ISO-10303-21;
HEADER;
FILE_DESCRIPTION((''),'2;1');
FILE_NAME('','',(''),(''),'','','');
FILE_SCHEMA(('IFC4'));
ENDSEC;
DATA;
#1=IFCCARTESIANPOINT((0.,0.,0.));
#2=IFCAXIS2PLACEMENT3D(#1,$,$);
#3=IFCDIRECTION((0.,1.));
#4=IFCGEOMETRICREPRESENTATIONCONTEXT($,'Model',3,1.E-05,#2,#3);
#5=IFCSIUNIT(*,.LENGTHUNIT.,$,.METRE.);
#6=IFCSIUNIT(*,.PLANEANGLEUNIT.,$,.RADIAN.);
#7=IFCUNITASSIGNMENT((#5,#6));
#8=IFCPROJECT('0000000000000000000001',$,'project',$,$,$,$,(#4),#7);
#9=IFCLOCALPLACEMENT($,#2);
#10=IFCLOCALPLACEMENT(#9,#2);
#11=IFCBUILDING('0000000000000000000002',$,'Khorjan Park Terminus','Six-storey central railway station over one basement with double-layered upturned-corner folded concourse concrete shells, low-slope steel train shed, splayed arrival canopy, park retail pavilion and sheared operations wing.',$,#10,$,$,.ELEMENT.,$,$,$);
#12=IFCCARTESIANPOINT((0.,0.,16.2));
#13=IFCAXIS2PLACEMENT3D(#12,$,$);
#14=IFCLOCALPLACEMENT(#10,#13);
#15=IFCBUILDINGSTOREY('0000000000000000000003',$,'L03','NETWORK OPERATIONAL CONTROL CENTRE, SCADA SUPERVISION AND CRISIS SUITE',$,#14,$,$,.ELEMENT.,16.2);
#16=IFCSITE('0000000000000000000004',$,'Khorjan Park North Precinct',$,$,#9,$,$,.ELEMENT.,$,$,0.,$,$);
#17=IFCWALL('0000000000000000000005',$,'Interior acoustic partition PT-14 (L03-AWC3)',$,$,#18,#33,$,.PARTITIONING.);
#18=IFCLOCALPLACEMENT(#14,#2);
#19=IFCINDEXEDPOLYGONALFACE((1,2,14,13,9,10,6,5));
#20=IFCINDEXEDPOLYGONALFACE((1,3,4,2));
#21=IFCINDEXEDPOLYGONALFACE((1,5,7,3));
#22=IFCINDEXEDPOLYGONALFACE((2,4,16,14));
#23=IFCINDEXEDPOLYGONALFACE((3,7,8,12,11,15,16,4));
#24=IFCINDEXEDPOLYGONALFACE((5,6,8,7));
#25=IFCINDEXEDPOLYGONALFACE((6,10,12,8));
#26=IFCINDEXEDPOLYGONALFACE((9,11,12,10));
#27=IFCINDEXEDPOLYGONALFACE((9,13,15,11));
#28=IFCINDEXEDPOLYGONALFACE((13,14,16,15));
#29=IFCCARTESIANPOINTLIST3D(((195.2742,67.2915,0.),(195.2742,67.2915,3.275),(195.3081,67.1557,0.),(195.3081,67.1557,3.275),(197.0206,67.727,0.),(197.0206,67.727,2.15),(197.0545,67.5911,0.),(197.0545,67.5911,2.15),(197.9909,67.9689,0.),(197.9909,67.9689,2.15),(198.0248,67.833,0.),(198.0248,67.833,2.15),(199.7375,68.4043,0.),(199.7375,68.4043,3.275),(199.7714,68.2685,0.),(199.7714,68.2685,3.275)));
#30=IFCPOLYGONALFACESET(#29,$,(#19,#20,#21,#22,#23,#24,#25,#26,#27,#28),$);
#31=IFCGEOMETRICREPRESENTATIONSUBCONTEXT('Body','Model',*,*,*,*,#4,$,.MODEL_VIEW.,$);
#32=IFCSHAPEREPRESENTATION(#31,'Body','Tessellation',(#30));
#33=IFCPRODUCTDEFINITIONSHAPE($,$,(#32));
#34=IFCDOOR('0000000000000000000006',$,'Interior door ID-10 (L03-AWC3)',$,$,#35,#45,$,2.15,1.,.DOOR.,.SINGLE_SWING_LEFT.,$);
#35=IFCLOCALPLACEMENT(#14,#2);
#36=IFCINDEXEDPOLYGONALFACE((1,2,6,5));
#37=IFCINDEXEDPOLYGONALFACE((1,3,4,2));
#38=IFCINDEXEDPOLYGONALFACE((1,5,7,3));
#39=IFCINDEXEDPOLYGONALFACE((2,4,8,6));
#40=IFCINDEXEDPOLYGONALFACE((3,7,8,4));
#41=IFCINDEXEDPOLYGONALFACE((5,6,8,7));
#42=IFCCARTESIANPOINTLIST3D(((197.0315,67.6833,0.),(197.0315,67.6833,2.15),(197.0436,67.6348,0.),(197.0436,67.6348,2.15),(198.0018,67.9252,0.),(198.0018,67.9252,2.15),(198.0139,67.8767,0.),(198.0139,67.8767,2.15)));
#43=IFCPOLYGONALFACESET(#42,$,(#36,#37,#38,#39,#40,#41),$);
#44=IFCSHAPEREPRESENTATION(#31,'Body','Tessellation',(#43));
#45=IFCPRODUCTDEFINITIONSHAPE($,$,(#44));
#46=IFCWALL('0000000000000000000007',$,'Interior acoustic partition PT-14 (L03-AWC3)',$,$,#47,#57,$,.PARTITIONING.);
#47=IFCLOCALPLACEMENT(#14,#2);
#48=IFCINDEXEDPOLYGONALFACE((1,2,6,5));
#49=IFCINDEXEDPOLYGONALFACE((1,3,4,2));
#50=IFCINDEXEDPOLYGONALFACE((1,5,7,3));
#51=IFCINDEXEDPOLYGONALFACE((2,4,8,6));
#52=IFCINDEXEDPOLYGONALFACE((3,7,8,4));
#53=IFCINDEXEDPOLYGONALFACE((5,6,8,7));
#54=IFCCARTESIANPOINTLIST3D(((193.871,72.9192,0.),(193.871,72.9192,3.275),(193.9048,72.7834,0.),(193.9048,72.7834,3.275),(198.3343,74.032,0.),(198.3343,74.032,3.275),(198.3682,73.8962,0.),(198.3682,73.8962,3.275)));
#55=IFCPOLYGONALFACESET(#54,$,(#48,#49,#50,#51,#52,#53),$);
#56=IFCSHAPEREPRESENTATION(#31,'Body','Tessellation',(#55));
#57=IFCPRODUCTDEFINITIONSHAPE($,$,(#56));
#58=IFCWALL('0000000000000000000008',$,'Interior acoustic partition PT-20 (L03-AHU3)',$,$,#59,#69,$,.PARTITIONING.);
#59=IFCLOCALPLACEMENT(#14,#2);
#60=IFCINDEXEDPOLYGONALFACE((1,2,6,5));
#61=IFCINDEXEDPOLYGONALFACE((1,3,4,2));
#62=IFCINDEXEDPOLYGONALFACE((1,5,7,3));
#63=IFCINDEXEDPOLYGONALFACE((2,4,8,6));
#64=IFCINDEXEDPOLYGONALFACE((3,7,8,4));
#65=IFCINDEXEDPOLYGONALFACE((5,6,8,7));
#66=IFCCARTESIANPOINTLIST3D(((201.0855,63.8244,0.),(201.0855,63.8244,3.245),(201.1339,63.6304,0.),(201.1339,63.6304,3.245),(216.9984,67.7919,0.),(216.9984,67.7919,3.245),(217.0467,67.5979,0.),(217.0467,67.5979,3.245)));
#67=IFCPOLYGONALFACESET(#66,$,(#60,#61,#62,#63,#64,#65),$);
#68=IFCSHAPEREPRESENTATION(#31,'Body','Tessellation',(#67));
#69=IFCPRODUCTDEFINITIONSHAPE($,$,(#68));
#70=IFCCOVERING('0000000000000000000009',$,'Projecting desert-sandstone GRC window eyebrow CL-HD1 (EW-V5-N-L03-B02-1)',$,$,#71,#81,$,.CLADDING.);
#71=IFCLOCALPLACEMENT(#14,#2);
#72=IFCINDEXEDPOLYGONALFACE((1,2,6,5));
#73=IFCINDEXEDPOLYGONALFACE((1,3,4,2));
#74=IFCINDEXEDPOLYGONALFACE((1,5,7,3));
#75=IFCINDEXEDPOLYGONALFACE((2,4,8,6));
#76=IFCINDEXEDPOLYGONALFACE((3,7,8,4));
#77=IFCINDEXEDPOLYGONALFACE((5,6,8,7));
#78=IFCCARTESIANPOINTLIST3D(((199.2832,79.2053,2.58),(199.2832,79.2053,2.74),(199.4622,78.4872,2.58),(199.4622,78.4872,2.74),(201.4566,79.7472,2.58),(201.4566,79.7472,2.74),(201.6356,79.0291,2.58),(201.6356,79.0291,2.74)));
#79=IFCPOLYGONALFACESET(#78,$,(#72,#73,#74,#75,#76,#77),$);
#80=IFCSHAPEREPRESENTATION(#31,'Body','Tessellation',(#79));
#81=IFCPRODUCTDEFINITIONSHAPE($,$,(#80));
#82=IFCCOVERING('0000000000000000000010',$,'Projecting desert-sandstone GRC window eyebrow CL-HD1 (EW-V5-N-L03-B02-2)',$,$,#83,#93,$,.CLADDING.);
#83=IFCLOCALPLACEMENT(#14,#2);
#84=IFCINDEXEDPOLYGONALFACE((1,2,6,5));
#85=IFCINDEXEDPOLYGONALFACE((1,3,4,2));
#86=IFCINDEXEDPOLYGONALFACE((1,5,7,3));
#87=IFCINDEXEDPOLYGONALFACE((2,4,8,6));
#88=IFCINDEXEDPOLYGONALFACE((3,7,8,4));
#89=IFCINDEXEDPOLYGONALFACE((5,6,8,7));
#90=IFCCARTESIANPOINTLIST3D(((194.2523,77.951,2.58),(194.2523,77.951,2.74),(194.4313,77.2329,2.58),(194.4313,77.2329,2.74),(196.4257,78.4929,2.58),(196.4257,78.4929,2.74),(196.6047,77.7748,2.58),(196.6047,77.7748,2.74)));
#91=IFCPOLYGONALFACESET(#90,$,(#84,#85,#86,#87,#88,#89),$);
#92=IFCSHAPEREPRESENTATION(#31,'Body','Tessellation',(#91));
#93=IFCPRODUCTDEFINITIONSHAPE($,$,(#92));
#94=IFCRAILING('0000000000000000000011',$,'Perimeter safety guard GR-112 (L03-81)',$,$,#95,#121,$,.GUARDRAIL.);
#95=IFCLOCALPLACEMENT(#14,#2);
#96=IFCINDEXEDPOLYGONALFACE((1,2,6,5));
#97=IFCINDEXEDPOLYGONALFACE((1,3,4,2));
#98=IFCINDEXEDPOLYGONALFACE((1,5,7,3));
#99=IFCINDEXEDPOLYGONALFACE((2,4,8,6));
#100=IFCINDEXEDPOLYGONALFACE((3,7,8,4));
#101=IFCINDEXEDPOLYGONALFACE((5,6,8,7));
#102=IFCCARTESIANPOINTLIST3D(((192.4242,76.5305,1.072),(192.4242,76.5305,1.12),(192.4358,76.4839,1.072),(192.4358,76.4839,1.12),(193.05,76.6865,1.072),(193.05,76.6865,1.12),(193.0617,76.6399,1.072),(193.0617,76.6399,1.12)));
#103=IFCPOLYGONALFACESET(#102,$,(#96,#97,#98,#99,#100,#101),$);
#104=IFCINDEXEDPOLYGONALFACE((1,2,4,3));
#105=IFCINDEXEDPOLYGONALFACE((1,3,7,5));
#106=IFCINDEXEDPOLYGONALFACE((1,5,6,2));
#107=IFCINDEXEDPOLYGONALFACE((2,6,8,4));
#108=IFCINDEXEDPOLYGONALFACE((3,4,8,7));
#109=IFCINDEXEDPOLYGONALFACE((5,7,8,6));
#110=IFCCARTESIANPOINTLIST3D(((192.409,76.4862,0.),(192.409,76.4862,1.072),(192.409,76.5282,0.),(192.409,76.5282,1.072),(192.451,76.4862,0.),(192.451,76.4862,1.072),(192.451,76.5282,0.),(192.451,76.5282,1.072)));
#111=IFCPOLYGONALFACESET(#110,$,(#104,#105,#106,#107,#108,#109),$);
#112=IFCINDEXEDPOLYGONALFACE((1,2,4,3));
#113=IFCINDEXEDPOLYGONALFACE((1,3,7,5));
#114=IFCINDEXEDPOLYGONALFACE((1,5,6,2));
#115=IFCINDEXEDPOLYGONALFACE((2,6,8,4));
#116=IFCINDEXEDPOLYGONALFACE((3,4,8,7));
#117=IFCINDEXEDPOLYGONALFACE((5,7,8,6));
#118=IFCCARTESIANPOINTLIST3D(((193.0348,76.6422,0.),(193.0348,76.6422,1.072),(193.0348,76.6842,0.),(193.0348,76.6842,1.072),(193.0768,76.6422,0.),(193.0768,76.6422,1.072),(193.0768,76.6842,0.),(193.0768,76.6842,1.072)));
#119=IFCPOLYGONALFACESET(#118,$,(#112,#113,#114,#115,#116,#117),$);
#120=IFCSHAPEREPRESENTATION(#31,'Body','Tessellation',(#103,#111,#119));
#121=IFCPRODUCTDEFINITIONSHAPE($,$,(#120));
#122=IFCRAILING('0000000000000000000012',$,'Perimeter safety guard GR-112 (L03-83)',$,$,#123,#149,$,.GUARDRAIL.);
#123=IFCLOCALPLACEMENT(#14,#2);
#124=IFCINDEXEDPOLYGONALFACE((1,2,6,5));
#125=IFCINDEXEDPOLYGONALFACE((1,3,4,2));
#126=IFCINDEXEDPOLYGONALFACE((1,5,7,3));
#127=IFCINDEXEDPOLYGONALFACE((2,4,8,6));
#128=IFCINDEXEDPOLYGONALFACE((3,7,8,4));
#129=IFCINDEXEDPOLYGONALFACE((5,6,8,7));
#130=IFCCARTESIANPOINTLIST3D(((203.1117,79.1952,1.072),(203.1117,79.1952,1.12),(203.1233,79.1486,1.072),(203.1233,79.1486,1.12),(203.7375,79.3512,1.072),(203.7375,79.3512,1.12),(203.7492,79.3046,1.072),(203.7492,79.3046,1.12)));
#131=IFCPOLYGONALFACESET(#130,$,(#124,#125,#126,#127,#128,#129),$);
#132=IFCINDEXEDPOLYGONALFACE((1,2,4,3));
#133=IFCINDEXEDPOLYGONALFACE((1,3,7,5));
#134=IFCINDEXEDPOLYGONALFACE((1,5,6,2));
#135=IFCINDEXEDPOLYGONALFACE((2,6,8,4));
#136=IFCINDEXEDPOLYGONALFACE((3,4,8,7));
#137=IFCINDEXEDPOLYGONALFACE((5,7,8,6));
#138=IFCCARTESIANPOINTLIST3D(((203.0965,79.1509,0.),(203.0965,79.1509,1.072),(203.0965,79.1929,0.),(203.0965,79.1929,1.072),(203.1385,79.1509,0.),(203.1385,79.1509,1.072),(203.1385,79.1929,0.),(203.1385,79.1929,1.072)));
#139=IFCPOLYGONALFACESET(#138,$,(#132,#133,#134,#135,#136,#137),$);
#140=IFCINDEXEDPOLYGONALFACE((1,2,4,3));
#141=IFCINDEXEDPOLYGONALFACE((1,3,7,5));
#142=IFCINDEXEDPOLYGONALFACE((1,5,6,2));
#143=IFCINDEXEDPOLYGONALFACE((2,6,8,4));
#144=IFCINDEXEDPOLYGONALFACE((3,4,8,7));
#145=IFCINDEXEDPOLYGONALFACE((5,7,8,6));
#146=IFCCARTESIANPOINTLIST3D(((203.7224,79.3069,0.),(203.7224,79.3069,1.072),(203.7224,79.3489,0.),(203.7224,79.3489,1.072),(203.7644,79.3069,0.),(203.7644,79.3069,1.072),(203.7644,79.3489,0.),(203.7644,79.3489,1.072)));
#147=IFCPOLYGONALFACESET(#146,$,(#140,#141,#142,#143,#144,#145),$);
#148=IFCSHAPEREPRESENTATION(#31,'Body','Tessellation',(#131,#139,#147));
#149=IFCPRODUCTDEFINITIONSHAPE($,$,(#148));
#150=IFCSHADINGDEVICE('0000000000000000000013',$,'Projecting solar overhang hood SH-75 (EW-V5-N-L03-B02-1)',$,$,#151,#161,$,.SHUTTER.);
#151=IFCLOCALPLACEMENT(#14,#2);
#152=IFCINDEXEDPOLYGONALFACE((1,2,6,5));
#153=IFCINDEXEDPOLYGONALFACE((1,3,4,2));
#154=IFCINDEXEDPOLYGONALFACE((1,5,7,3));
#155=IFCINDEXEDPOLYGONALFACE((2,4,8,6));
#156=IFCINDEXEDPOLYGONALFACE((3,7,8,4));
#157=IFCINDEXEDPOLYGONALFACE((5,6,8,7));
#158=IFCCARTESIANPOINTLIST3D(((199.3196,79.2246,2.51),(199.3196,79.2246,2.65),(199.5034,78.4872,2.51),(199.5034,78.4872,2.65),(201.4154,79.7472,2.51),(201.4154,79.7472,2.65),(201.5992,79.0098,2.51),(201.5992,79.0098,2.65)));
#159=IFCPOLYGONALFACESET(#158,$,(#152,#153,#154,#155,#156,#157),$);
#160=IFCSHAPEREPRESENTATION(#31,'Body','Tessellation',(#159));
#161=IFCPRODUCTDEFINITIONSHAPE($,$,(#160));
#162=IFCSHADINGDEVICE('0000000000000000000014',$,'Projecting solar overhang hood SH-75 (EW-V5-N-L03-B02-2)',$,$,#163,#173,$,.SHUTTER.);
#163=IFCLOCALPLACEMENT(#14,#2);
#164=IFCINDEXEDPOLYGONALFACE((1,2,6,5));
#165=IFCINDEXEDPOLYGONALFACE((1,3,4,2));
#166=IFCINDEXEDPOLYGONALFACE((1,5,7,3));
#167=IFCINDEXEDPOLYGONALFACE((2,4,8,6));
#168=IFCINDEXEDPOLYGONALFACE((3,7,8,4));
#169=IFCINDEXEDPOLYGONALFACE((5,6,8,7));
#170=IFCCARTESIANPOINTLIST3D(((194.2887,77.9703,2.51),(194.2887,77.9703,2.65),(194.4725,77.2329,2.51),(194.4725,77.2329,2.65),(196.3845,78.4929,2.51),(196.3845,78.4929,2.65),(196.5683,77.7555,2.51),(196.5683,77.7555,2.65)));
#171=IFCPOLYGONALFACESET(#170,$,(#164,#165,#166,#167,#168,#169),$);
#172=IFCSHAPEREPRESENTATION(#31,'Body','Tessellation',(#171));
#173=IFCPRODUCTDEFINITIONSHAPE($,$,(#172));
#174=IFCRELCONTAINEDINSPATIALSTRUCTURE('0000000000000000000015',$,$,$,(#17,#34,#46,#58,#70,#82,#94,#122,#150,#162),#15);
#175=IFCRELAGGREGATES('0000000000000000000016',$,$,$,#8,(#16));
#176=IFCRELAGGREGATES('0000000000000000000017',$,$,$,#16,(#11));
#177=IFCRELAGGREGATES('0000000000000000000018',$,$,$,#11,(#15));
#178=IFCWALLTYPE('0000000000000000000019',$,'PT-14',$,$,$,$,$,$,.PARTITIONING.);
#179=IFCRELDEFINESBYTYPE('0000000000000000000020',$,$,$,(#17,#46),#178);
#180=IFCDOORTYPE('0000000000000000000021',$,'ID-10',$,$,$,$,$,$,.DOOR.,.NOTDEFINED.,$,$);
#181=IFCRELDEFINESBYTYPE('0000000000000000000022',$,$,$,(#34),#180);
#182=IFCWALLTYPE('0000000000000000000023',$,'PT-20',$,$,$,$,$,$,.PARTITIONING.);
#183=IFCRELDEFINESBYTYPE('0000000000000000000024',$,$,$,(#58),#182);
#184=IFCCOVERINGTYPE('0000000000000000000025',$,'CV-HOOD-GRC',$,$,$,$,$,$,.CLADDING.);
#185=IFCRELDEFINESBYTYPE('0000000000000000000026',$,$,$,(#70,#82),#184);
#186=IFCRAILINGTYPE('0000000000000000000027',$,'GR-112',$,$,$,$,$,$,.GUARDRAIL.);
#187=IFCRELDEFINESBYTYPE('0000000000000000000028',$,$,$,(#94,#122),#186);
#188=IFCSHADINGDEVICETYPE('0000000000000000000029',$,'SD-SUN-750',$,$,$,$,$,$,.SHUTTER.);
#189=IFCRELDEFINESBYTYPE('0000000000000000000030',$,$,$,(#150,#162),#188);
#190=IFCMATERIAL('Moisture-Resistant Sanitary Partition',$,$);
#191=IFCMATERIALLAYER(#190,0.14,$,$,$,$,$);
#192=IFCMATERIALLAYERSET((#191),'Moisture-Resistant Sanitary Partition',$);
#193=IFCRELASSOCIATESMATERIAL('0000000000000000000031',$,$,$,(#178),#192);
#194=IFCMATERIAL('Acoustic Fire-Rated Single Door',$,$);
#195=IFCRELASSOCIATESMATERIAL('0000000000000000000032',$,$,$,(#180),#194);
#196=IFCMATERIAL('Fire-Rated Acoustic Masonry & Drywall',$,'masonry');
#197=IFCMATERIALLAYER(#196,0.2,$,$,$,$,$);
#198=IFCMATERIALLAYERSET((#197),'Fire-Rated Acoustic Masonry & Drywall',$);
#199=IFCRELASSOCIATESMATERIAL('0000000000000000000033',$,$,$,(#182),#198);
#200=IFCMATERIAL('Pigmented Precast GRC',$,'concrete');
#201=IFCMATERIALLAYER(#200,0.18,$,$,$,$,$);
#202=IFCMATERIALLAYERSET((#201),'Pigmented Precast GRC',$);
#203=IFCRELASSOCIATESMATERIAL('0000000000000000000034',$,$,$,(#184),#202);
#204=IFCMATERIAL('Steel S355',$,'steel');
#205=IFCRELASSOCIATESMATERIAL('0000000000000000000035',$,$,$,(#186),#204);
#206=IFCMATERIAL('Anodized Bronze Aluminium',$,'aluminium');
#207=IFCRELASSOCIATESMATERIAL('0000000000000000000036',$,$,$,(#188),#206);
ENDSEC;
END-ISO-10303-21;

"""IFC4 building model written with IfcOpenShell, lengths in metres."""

from ifc_helpers import new_model, si_unit, direction, frame, frame_2d, origin, origin_2d, place, context, subcontext, project, spatial, rectangle, extrude, material, layer, layer_set, type_object, element, fill, save


model = new_model("IFC4")

# Units and contexts
model_context = context("Model", 3, precision=1e-05, world=origin(), true_north=direction((0.0, 1.0)))
body_context = subcontext(model_context, "Body", "Model", "MODEL_VIEW")
ifc_project = project(units=[si_unit("LENGTHUNIT", "METRE"), si_unit("PLANEANGLEUNIT", "RADIAN")], contexts=[model_context])

# Site, building, storey
site_placement = place(None, origin())
site = spatial("IfcSite", under=ifc_project, at=site_placement, Name="Khorjan Park North Precinct", CompositionType="ELEMENT", RefElevation=0.0)
building_placement = place(site_placement, origin())
building = spatial("IfcBuilding", under=site, at=building_placement, Name="Khorjan Park Terminus", Description="Six-storey central railway station over one basement with double-layered upturned-corner folded concourse concrete shells, low-slope steel train shed, splayed arrival canopy, park retail pavilion and sheared operations wing.", CompositionType="ELEMENT")
storey_placement = place(building_placement, frame((0.0, 0.0, 16.2)))
storey = spatial("IfcBuildingStorey", under=building, at=storey_placement, Name="L03", Description="NETWORK OPERATIONAL CONTROL CENTRE, SCADA SUPERVISION AND CRISIS SUITE", CompositionType="ELEMENT", Elevation=16.2)

# Shared definitions
ifc_material_1 = material(Name="Steel S355", Category="steel")

# Shared definitions
ifc_material_2 = material(Name="Anodized Bronze Aluminium", Category="aluminium")

# Wall, opening, door
ifc_material_3 = material(Name="Moisture-Resistant Sanitary Partition")
ifc_layer_1 = layer(ifc_material_3, 0.14)
ifc_layer_set_1 = layer_set([ifc_layer_1], Name="Moisture-Resistant Sanitary Partition")
wall_type_1 = type_object("IfcWallType", Name="PT-14", PredefinedType="PARTITIONING", material=ifc_layer_set_1)
ifc_material_4 = material(Name="Acoustic Fire-Rated Single Door")
door_type = type_object("IfcDoorType", Name="ID-10", OperationType="NOTDEFINED", PredefinedType="DOOR", material=ifc_material_4)
wall_1_placement = place(storey_placement, frame((199.7544, 68.3364, 0.0), z_axis=(0.0, 0.0, 1.0), x_axis=(-0.970297, -0.241917, 0.0)))
wall_1 = element("IfcWall", 1, at=wall_1_placement, inside=storey, type_object=wall_type_1, Name="Interior acoustic partition PT-14 (L03-AWC3)", PredefinedType="PARTITIONING", context=body_context, shape_type="SweptSolid", body=[
    extrude(rectangle(XDim=4.5999, YDim=0.14, at=frame_2d((2.2999, 0.0))), origin(), (0.0, 0.0, 1.0), 3.275),
])
opening_1_placement = place(wall_1_placement, frame((1.8, 0.0, 0.0)))
opening_1 = element("IfcOpeningElement", 2, at=opening_1_placement, cuts=wall_1, PredefinedType="OPENING", context=body_context, shape_type="SweptSolid", body=[
    extrude(rectangle(XDim=1.0, YDim=2.15, at=frame_2d((0.5, 1.075))), frame((0.0, 0.08, 0.0), z_axis=(0.0, -1.0, 0.0), x_axis=(1.0, 0.0, 0.0)), (0.0, 0.0, 1.0), 0.16),
])
door_1_placement = place(opening_1_placement, origin())
door_1 = element("IfcDoor", 3, at=door_1_placement, inside=storey, type_object=door_type, Name="Interior door ID-10 (L03-AWC3)", OperationType="SINGLE_SWING_LEFT", OverallHeight=2.15, OverallWidth=1.0, PredefinedType="DOOR", context=body_context, shape_type="SweptSolid", body=[
    extrude(rectangle(XDim=1.0, YDim=2.15, at=frame_2d((0.5, 1.075))), frame((0.0, 0.025, 0.0), z_axis=(0.0, -1.0, 0.0), x_axis=(1.0, 0.0, 0.0)), (0.0, 0.0, 1.0), 0.05),
])
fill(opening_1, door_1)

# Walls
wall_2_placement = place(storey_placement, frame((193.8879, 72.8513, 0.0), z_axis=(0.0, 0.0, 1.0), x_axis=(0.970298, 0.241912, 0.0)))
element("IfcWall", 4, at=wall_2_placement, inside=storey, type_object=wall_type_1, Name="Interior acoustic partition PT-14 (L03-AWC3)", PredefinedType="PARTITIONING", context=body_context, shape_type="SweptSolid", body=[
    extrude(rectangle(XDim=4.6, YDim=0.14, at=frame_2d((2.3, 0.0))), origin(), (0.0, 0.0, 1.0), 3.275),
])
ifc_material_5 = material(Name="Fire-Rated Acoustic Masonry & Drywall", Category="masonry")
ifc_layer_2 = layer(ifc_material_5, 0.2)
ifc_layer_set_2 = layer_set([ifc_layer_2], Name="Fire-Rated Acoustic Masonry & Drywall")
wall_type_2 = type_object("IfcWallType", Name="PT-20", PredefinedType="PARTITIONING", material=ifc_layer_set_2)
wall_3_placement = place(storey_placement, frame((201.1097, 63.7274, 0.0), z_axis=(0.0, 0.0, 1.0), x_axis=(0.970296, 0.24192, 0.0)))
element("IfcWall", 5, at=wall_3_placement, inside=storey, type_object=wall_type_2, Name="Interior acoustic partition PT-20 (L03-AHU3)", PredefinedType="PARTITIONING", context=body_context, shape_type="SweptSolid", body=[
    extrude(rectangle(XDim=16.4, YDim=0.2, at=frame_2d((8.2, 0.0))), origin(), (0.0, 0.0, 1.0), 3.245),
])

# Coverings
ifc_material_6 = material(Name="Pigmented Precast GRC", Category="concrete")
ifc_layer_3 = layer(ifc_material_6, 0.18)
ifc_layer_set_3 = layer_set([ifc_layer_3], Name="Pigmented Precast GRC")
covering_type = type_object("IfcCoveringType", Name="CV-HOOD-GRC", PredefinedType="CLADDING", material=ifc_layer_set_3)
for number, where, z_axis, x_axis, name in (
    (6, (200.4594, 79.1172, 2.58), (0.0, 0.0, 1.0), (-0.970297, -0.241916, 0.0), "Projecting desert-sandstone GRC window eyebrow CL-HD1 (EW-V5-N-L03-B02-1)"),
    (7, (195.4285, 77.8629, 2.58), (0.0, 0.0, 1.0), (-0.970297, -0.241916, 0.0), "Projecting desert-sandstone GRC window eyebrow CL-HD1 (EW-V5-N-L03-B02-2)"),
):
    element("IfcCovering", number, at=place(storey_placement, frame(where, z_axis=z_axis, x_axis=x_axis)), inside=storey, type_object=covering_type, Name=name, PredefinedType="CLADDING", context=body_context, shape_type="SweptSolid", body=[
        extrude(rectangle(XDim=2.24, YDim=0.74, at=origin_2d()), origin(), (0.0, 0.0, 1.0), 0.16),
    ])

# Railings
railing_type = type_object("IfcRailingType", Name="GR-112", PredefinedType="GUARDRAIL", material=ifc_material_1)
railing_1_placement = place(storey_placement, frame((192.43, 76.5072, 0.0)))
element("IfcRailing", 8, at=railing_1_placement, inside=storey, type_object=railing_type, Name="Perimeter safety guard GR-112 (L03-81)", PredefinedType="GUARDRAIL", context=body_context, shape_type="SweptSolid", body=[
    extrude(rectangle(XDim=0.048, YDim=0.048, at=origin_2d()), frame((0.0, 0.0, 1.096), z_axis=(0.970306, 0.241879, 0.0), x_axis=(-0.241879, 0.970306, 0.0)), (0.0, 0.0, 1.0), 0.645),
    extrude(rectangle(XDim=0.042, YDim=0.042, at=origin_2d()), origin(), (0.0, 0.0, 1.0), 1.072),
    extrude(rectangle(XDim=0.042, YDim=0.042, at=origin_2d()), frame((0.6258, 0.156, 0.0)), (0.0, 0.0, 1.0), 1.072),
])
railing_2_placement = place(storey_placement, frame((203.1175, 79.1719, 0.0)))
element("IfcRailing", 9, at=railing_2_placement, inside=storey, type_object=railing_type, Name="Perimeter safety guard GR-112 (L03-83)", PredefinedType="GUARDRAIL", context=body_context, shape_type="SweptSolid", body=[
    extrude(rectangle(XDim=0.048, YDim=0.048, at=origin_2d()), frame((0.0, 0.0, 1.096), z_axis=(0.970316, 0.241843, 0.0), x_axis=(-0.241843, 0.970316, 0.0)), (0.0, 0.0, 1.0), 0.645),
    extrude(rectangle(XDim=0.042, YDim=0.042, at=origin_2d()), origin(), (0.0, 0.0, 1.0), 1.072),
    extrude(rectangle(XDim=0.042, YDim=0.042, at=origin_2d()), frame((0.6259, 0.156, 0.0)), (0.0, 0.0, 1.0), 1.072),
])

# Shading devices
shading_device_type = type_object("IfcShadingDeviceType", Name="SD-SUN-750", PredefinedType="SHUTTER", material=ifc_material_2)
for number, where, z_axis, x_axis, name in (
    (10, (200.4594, 79.1172, 2.51), (0.0, 0.0, 1.0), (-0.970297, -0.241916, 0.0), "Projecting solar overhang hood SH-75 (EW-V5-N-L03-B02-1)"),
    (11, (195.4285, 77.8629, 2.51), (0.0, 0.0, 1.0), (-0.970297, -0.241916, 0.0), "Projecting solar overhang hood SH-75 (EW-V5-N-L03-B02-2)"),
):
    element("IfcShadingDevice", number, at=place(storey_placement, frame(where, z_axis=z_axis, x_axis=x_axis)), inside=storey, type_object=shading_device_type, Name=name, PredefinedType="SHUTTER", context=body_context, shape_type="SweptSolid", body=[
        extrude(rectangle(XDim=2.16, YDim=0.76, at=origin_2d()), origin(), (0.0, 0.0, 1.0), 0.14),
    ])

save(model, "model.ifc")
